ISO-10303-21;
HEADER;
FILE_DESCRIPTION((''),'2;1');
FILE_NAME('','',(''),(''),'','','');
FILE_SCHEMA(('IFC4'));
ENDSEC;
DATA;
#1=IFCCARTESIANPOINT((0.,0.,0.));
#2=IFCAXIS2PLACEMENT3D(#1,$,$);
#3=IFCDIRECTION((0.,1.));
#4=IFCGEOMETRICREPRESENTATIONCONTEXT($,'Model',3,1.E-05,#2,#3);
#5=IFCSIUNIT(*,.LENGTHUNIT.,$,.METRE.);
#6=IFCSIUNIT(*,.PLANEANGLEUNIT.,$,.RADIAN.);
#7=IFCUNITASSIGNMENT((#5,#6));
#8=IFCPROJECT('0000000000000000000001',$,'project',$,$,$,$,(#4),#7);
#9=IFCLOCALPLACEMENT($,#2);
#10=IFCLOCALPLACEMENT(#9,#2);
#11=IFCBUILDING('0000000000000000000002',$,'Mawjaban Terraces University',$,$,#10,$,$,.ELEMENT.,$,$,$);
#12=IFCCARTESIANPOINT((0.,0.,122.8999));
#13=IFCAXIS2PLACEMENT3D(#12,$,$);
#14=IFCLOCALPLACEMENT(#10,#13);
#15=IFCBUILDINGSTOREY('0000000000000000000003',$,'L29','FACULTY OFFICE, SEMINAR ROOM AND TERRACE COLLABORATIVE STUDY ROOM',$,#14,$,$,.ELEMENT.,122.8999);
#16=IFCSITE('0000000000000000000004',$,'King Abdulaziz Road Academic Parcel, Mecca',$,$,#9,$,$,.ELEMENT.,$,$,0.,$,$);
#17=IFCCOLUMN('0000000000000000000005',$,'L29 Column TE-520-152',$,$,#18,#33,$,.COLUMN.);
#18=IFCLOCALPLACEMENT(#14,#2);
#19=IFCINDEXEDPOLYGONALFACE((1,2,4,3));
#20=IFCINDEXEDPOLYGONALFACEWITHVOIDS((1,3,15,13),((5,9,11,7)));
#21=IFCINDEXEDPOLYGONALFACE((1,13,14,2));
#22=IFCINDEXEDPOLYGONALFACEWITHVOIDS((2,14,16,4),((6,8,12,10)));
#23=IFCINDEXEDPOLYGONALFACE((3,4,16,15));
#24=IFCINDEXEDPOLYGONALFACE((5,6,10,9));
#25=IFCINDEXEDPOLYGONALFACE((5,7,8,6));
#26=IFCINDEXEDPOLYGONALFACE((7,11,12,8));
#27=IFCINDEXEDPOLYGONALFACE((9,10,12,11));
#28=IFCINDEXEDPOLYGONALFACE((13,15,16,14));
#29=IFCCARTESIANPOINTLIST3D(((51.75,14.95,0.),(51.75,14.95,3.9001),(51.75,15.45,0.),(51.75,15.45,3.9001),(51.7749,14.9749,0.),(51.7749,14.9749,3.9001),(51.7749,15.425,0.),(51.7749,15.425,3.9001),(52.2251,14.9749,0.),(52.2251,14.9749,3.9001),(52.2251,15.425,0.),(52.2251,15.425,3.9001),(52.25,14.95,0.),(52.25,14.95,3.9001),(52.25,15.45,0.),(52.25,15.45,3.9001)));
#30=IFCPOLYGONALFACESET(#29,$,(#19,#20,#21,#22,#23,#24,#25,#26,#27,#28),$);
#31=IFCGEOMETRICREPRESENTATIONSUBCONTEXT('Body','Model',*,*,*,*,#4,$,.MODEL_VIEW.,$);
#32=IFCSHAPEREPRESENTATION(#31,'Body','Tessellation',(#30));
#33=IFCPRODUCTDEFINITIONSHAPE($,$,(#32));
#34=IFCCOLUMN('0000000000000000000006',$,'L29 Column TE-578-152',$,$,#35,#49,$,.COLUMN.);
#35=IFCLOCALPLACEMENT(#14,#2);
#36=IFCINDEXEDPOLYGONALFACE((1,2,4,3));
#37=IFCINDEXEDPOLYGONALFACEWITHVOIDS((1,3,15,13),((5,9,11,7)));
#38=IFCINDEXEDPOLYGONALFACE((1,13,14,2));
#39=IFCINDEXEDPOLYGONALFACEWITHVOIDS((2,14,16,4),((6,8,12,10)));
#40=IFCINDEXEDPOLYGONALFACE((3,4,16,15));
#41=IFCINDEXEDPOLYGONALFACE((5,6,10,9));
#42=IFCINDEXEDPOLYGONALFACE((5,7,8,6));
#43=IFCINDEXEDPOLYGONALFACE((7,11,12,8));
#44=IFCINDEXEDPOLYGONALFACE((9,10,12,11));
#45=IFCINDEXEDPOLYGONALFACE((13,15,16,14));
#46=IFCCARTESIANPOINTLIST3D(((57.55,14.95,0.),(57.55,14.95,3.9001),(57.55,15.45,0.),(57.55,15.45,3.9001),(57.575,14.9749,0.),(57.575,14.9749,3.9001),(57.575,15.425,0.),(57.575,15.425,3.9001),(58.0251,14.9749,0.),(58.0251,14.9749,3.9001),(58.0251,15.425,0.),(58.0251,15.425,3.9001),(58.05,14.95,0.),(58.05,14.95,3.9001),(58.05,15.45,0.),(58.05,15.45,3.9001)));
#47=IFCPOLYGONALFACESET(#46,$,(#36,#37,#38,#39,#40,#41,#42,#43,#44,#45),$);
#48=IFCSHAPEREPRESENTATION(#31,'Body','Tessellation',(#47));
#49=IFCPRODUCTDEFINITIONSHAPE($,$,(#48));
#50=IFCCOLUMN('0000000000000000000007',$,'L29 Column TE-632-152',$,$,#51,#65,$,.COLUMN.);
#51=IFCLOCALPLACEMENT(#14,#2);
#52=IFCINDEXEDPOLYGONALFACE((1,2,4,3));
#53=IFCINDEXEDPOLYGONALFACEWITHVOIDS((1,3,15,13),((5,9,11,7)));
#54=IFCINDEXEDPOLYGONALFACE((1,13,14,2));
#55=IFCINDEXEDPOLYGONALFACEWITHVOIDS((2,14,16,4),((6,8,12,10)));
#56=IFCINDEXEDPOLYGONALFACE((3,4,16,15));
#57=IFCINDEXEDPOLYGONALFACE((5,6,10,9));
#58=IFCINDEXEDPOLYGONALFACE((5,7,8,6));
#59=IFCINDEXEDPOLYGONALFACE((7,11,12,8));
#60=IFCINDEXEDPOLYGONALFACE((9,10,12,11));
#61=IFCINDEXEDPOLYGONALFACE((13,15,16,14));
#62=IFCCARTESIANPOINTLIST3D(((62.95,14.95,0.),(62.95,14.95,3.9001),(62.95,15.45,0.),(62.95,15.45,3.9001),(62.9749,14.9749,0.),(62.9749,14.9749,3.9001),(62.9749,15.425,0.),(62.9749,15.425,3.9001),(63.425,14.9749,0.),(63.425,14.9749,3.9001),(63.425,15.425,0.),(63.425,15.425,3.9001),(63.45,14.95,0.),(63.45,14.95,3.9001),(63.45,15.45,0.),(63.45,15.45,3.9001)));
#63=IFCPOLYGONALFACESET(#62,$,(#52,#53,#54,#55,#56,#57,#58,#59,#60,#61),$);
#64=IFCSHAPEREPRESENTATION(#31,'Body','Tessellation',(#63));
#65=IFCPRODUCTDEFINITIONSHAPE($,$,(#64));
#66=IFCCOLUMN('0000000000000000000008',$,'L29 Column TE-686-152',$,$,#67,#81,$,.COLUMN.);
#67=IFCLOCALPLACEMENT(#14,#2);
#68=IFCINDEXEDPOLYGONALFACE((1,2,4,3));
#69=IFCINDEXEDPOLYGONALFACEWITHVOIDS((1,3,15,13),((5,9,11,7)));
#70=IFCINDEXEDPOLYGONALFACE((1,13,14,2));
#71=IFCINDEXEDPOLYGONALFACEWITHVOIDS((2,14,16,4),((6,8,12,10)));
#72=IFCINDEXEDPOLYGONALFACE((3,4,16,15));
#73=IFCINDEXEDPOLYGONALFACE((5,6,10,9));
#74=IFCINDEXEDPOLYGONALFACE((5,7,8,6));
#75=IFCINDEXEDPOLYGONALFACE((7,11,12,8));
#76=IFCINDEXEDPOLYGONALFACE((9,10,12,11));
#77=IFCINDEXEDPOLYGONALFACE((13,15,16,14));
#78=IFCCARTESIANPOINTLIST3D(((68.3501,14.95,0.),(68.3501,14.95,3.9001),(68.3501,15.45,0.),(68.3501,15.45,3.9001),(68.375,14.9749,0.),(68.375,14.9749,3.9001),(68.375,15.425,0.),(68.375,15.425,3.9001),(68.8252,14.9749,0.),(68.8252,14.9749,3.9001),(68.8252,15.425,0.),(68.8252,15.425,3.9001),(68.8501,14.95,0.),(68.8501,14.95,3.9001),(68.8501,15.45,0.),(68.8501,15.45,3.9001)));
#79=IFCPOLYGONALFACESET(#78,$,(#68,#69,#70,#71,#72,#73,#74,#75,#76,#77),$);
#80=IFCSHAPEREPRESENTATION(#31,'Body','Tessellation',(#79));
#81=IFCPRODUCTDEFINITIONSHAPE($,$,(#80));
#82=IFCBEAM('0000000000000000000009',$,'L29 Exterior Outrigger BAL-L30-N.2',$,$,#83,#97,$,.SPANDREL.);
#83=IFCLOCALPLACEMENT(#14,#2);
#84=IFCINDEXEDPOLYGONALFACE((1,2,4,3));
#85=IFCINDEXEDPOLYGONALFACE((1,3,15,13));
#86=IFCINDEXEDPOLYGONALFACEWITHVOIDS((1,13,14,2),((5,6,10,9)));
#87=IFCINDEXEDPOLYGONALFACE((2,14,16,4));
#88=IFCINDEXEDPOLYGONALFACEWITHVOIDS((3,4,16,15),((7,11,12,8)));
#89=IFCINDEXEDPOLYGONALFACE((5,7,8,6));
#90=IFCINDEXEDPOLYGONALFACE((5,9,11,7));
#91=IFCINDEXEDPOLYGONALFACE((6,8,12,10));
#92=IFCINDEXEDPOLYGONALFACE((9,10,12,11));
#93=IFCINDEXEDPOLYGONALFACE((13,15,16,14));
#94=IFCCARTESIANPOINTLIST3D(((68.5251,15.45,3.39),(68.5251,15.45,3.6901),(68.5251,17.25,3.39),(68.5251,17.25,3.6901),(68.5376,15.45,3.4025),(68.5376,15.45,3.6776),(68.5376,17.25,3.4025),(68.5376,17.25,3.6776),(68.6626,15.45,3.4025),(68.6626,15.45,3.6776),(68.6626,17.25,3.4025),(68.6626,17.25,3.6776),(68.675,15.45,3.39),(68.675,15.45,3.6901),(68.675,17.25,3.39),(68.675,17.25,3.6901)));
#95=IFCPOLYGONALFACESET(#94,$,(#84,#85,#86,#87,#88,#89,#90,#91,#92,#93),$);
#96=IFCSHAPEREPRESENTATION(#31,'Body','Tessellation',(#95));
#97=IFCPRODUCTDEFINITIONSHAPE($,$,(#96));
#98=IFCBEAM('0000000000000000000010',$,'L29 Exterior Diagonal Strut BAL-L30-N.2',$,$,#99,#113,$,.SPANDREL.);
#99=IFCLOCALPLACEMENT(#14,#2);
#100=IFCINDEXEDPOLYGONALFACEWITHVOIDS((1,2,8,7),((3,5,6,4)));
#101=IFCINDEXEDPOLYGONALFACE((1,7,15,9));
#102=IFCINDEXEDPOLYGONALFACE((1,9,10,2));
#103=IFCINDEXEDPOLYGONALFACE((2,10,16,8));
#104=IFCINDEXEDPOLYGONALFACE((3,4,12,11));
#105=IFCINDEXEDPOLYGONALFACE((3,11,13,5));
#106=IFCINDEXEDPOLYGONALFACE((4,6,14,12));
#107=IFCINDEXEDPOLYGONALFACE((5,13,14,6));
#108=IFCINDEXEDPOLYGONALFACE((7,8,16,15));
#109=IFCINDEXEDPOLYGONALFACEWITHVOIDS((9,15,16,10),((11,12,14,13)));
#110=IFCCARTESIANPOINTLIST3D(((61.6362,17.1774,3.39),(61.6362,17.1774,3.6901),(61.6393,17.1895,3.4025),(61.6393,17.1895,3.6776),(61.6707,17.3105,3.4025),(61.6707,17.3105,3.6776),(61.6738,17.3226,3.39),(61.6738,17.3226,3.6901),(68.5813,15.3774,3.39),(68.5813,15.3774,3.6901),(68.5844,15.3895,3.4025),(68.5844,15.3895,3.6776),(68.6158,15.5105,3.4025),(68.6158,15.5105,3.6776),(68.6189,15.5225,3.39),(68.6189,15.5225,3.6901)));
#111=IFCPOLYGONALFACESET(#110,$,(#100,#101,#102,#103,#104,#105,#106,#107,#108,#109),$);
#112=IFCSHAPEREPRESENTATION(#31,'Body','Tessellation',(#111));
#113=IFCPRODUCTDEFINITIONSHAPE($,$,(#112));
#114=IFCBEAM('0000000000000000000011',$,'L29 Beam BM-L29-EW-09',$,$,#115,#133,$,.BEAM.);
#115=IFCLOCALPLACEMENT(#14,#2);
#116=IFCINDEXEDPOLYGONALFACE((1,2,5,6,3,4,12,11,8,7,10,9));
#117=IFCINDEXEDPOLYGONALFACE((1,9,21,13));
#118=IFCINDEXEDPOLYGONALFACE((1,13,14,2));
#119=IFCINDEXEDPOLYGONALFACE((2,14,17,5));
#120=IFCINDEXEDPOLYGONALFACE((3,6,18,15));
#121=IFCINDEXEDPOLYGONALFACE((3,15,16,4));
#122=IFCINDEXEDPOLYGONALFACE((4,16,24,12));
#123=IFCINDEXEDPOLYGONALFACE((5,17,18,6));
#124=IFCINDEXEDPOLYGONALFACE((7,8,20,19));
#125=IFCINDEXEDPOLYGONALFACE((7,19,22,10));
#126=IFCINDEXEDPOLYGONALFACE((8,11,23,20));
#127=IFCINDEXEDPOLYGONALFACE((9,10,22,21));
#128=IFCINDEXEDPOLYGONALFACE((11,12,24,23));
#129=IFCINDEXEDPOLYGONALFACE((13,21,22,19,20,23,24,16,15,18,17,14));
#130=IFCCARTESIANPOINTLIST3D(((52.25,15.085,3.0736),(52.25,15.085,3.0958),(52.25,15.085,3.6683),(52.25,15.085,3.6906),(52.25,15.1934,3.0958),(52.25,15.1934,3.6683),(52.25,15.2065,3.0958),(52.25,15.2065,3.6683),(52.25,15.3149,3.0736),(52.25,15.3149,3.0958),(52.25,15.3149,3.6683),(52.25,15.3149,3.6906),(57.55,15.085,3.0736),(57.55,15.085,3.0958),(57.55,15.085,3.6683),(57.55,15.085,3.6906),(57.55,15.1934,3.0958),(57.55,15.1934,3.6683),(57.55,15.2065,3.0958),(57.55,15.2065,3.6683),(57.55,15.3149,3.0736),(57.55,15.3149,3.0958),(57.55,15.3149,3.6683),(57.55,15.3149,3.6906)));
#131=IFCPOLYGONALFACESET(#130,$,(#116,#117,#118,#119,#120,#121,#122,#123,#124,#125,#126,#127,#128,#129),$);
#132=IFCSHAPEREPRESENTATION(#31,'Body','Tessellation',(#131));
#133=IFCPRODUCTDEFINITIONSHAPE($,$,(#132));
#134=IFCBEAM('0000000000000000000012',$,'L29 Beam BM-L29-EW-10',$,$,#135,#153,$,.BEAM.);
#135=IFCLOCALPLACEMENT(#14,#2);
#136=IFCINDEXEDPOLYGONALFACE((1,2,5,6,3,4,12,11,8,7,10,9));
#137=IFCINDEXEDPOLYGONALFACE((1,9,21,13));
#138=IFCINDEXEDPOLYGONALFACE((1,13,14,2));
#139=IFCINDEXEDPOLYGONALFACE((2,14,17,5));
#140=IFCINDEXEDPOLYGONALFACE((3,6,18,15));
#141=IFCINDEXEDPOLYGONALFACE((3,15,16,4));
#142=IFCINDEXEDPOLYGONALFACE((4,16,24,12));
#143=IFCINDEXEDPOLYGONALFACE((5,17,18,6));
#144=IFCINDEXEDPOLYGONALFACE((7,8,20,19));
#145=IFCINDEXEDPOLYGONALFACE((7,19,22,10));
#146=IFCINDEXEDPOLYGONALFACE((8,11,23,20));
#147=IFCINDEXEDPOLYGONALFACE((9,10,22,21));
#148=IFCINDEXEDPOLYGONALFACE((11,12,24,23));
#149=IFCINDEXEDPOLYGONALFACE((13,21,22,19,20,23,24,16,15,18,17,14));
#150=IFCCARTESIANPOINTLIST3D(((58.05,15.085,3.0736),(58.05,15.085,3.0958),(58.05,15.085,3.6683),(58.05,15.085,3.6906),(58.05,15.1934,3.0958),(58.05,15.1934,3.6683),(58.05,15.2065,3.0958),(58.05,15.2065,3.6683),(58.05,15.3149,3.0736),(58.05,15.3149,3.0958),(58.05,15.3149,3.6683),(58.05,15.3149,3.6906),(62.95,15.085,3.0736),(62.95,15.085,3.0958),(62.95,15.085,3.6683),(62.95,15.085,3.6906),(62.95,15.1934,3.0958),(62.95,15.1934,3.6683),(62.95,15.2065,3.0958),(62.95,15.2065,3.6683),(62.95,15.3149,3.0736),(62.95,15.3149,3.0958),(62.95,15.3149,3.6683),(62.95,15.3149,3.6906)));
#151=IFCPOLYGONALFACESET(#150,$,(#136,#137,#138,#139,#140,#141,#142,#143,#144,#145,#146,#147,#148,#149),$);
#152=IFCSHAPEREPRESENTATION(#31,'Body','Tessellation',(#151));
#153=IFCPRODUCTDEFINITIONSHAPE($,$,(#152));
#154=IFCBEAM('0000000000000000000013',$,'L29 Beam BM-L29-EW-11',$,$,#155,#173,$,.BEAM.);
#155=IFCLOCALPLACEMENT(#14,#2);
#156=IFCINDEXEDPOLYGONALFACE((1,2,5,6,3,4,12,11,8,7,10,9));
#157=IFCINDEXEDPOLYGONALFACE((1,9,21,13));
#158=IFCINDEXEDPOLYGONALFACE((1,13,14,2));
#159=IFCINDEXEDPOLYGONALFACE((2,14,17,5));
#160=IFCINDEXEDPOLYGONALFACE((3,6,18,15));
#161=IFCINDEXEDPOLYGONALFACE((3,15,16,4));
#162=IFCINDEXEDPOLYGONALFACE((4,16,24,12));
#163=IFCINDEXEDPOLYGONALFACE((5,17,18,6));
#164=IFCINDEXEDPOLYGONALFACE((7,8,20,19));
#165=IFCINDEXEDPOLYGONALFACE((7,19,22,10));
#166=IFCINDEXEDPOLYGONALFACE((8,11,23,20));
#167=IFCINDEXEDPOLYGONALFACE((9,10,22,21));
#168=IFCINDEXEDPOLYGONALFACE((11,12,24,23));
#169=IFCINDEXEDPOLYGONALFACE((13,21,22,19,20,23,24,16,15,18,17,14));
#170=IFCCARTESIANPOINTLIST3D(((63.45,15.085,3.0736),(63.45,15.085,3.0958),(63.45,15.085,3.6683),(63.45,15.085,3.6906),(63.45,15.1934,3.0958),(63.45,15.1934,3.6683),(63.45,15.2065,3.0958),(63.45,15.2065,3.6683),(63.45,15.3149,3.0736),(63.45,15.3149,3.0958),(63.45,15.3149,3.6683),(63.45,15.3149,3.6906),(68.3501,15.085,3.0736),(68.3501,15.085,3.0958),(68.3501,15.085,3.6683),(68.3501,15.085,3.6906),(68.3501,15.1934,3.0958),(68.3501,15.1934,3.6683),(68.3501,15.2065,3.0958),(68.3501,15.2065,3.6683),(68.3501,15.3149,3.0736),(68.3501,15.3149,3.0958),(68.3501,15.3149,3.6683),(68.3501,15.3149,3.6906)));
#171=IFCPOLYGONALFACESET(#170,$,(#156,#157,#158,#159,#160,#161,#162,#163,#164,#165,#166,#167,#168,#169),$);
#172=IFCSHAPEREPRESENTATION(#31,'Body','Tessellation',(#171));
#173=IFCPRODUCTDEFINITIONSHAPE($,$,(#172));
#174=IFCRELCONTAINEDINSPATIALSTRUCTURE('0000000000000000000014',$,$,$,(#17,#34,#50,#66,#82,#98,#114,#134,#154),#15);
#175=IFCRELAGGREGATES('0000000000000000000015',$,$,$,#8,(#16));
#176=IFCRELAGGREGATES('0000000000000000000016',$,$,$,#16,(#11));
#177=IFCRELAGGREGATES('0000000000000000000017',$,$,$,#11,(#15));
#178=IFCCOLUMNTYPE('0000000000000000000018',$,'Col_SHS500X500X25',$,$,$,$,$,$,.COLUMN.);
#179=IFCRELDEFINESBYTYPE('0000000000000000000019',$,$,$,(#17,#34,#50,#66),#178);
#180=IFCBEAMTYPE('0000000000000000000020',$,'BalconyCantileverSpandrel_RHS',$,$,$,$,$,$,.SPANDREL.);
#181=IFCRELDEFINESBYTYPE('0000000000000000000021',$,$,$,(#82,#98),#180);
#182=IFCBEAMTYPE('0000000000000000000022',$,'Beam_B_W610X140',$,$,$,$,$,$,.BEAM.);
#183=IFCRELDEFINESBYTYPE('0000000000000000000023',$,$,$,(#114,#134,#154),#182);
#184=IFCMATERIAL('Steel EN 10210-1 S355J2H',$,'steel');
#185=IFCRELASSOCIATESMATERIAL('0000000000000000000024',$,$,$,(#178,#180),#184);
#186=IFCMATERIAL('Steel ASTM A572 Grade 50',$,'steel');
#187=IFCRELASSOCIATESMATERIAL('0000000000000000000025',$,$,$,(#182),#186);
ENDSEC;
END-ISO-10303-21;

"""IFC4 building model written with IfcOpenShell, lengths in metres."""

from ifc_helpers import new_model, si_unit, direction, frame, origin, origin_2d, place, context, subcontext, project, spatial, hollow_rectangle, i_section, extrude, material, material_profile, profile_set, type_object, element, save


model = new_model("IFC4")

# Units and contexts
model_context = context("Model", 3, precision=1e-05, world=origin(), true_north=direction((0.0, 1.0)))
body_context = subcontext(model_context, "Body", "Model", "MODEL_VIEW")
ifc_project = project(units=[si_unit("LENGTHUNIT", "METRE"), si_unit("PLANEANGLEUNIT", "RADIAN")], contexts=[model_context])

# Site, building, storey
site_placement = place(None, origin())
site = spatial("IfcSite", under=ifc_project, at=site_placement, Name="King Abdulaziz Road Academic Parcel, Mecca", CompositionType="ELEMENT", RefElevation=0.0)
building_placement = place(site_placement, origin())
building = spatial("IfcBuilding", under=site, at=building_placement, Name="Mawjaban Terraces University", CompositionType="ELEMENT")
storey_placement = place(building_placement, frame((0.0, 0.0, 122.8999)))
storey = spatial("IfcBuildingStorey", under=building, at=storey_placement, Name="L29", Description="FACULTY OFFICE, SEMINAR ROOM AND TERRACE COLLABORATIVE STUDY ROOM", CompositionType="ELEMENT", Elevation=122.8999)

# Columns
ifc_material_1 = material(Name="Steel EN 10210-1 S355J2H", Category="steel")
ifc_material_profile_1 = material_profile(ifc_material_1, hollow_rectangle(XDim=0.5, YDim=0.5, WallThickness=0.0249, at=origin_2d()), Name="SHS500X500X25")
ifc_profile_set_1 = profile_set([ifc_material_profile_1], Name="Steel EN 10210-1 S355J2H")
column_type = type_object("IfcColumnType", Name="Col_SHS500X500X25", PredefinedType="COLUMN", material=ifc_profile_set_1)
for number, where, z_axis, x_axis, name in (
    (1, (52.0, 15.2, 0.0), (0.0, 0.0, 1.0), (1.0, 0.0, 0.0), "L29 Column TE-520-152"),
    (2, (57.8, 15.2, 0.0), (0.0, 0.0, 1.0), (1.0, 0.0, 0.0), "L29 Column TE-578-152"),
    (3, (63.2, 15.2, 0.0), (0.0, 0.0, 1.0), (1.0, 0.0, 0.0), "L29 Column TE-632-152"),
    (4, (68.6001, 15.2, 0.0), (0.0, 0.0, 1.0), (1.0, 0.0, 0.0), "L29 Column TE-686-152"),
):
    element("IfcColumn", number, at=place(storey_placement, frame(where, z_axis=z_axis, x_axis=x_axis)), inside=storey, type_object=column_type, Name=name, PredefinedType="COLUMN", context=body_context, shape_type="SweptSolid", body=[
        extrude(hollow_rectangle(XDim=0.5, YDim=0.5, WallThickness=0.0249, at=origin_2d()), origin(), (0.0, 0.0, 1.0), 3.9001),
    ])

# Beams
ifc_material_profile_2 = material_profile(ifc_material_1, hollow_rectangle(XDim=0.1499, YDim=0.3, WallThickness=0.0125, at=origin_2d()), Name="RHS300X150X12.5")
ifc_profile_set_2 = profile_set([ifc_material_profile_2], Name="Steel EN 10210-1 S355J2H")
beam_type_1 = type_object("IfcBeamType", Name="BalconyCantileverSpandrel_RHS", PredefinedType="SPANDREL", material=ifc_profile_set_2)
beam_1_placement = place(storey_placement, frame((68.6001, 15.45, 3.54), z_axis=(0.0, 1.0, 0.0), x_axis=(-1.0, 0.0, 0.0)))
element("IfcBeam", 5, at=beam_1_placement, inside=storey, type_object=beam_type_1, Name="L29 Exterior Outrigger BAL-L30-N.2", PredefinedType="SPANDREL", context=body_context, shape_type="SweptSolid", body=[
    extrude(hollow_rectangle(XDim=0.1499, YDim=0.3, WallThickness=0.0125, at=origin_2d()), origin(), (0.0, 0.0, 1.0), 1.8),
])
beam_2_placement = place(storey_placement, frame((68.6001, 15.45, 3.54), z_axis=(-0.968015, 0.250894, 0.0), x_axis=(-0.250894, -0.968015, 0.0)))
element("IfcBeam", 6, at=beam_2_placement, inside=storey, type_object=beam_type_1, Name="L29 Exterior Diagonal Strut BAL-L30-N.2", PredefinedType="SPANDREL", context=body_context, shape_type="SweptSolid", body=[
    extrude(hollow_rectangle(XDim=0.1499, YDim=0.3, WallThickness=0.0125, at=origin_2d()), origin(), (0.0, 0.0, 1.0), 7.1746),
])
ifc_material_2 = material(Name="Steel ASTM A572 Grade 50", Category="steel")
ifc_material_profile_3 = material_profile(ifc_material_2, i_section(OverallWidth=0.23, OverallDepth=0.6169, WebThickness=0.0132, FlangeThickness=0.0222, at=origin_2d()), Name="W610X140")
ifc_profile_set_3 = profile_set([ifc_material_profile_3], Name="Steel ASTM A572 Grade 50")
beam_type_2 = type_object("IfcBeamType", Name="Beam_B_W610X140", PredefinedType="BEAM", material=ifc_profile_set_3)
beam_3_placement = place(storey_placement, frame((52.25, 15.2, 3.3821), z_axis=(1.0, 0.0, 0.0), x_axis=(0.0, 1.0, 0.0)))
element("IfcBeam", 7, at=beam_3_placement, inside=storey, type_object=beam_type_2, Name="L29 Beam BM-L29-EW-09", PredefinedType="BEAM", context=body_context, shape_type="SweptSolid", body=[
    extrude(i_section(OverallWidth=0.23, OverallDepth=0.6169, WebThickness=0.0132, FlangeThickness=0.0222, at=origin_2d()), origin(), (0.0, 0.0, 1.0), 5.3),
])
beam_4_placement = place(storey_placement, frame((58.05, 15.2, 3.3821), z_axis=(1.0, 0.0, 0.0), x_axis=(0.0, 1.0, 0.0)))
element("IfcBeam", 8, at=beam_4_placement, inside=storey, type_object=beam_type_2, Name="L29 Beam BM-L29-EW-10", PredefinedType="BEAM", context=body_context, shape_type="SweptSolid", body=[
    extrude(i_section(OverallWidth=0.23, OverallDepth=0.6169, WebThickness=0.0132, FlangeThickness=0.0222, at=origin_2d()), origin(), (0.0, 0.0, 1.0), 4.8999),
])
beam_5_placement = place(storey_placement, frame((63.45, 15.2, 3.3821), z_axis=(1.0, 0.0, 0.0), x_axis=(0.0, 1.0, 0.0)))
element("IfcBeam", 9, at=beam_5_placement, inside=storey, type_object=beam_type_2, Name="L29 Beam BM-L29-EW-11", PredefinedType="BEAM", context=body_context, shape_type="SweptSolid", body=[
    extrude(i_section(OverallWidth=0.23, OverallDepth=0.6169, WebThickness=0.0132, FlangeThickness=0.0222, at=origin_2d()), origin(), (0.0, 0.0, 1.0), 4.9001),
])

save(model, "model.ifc")
